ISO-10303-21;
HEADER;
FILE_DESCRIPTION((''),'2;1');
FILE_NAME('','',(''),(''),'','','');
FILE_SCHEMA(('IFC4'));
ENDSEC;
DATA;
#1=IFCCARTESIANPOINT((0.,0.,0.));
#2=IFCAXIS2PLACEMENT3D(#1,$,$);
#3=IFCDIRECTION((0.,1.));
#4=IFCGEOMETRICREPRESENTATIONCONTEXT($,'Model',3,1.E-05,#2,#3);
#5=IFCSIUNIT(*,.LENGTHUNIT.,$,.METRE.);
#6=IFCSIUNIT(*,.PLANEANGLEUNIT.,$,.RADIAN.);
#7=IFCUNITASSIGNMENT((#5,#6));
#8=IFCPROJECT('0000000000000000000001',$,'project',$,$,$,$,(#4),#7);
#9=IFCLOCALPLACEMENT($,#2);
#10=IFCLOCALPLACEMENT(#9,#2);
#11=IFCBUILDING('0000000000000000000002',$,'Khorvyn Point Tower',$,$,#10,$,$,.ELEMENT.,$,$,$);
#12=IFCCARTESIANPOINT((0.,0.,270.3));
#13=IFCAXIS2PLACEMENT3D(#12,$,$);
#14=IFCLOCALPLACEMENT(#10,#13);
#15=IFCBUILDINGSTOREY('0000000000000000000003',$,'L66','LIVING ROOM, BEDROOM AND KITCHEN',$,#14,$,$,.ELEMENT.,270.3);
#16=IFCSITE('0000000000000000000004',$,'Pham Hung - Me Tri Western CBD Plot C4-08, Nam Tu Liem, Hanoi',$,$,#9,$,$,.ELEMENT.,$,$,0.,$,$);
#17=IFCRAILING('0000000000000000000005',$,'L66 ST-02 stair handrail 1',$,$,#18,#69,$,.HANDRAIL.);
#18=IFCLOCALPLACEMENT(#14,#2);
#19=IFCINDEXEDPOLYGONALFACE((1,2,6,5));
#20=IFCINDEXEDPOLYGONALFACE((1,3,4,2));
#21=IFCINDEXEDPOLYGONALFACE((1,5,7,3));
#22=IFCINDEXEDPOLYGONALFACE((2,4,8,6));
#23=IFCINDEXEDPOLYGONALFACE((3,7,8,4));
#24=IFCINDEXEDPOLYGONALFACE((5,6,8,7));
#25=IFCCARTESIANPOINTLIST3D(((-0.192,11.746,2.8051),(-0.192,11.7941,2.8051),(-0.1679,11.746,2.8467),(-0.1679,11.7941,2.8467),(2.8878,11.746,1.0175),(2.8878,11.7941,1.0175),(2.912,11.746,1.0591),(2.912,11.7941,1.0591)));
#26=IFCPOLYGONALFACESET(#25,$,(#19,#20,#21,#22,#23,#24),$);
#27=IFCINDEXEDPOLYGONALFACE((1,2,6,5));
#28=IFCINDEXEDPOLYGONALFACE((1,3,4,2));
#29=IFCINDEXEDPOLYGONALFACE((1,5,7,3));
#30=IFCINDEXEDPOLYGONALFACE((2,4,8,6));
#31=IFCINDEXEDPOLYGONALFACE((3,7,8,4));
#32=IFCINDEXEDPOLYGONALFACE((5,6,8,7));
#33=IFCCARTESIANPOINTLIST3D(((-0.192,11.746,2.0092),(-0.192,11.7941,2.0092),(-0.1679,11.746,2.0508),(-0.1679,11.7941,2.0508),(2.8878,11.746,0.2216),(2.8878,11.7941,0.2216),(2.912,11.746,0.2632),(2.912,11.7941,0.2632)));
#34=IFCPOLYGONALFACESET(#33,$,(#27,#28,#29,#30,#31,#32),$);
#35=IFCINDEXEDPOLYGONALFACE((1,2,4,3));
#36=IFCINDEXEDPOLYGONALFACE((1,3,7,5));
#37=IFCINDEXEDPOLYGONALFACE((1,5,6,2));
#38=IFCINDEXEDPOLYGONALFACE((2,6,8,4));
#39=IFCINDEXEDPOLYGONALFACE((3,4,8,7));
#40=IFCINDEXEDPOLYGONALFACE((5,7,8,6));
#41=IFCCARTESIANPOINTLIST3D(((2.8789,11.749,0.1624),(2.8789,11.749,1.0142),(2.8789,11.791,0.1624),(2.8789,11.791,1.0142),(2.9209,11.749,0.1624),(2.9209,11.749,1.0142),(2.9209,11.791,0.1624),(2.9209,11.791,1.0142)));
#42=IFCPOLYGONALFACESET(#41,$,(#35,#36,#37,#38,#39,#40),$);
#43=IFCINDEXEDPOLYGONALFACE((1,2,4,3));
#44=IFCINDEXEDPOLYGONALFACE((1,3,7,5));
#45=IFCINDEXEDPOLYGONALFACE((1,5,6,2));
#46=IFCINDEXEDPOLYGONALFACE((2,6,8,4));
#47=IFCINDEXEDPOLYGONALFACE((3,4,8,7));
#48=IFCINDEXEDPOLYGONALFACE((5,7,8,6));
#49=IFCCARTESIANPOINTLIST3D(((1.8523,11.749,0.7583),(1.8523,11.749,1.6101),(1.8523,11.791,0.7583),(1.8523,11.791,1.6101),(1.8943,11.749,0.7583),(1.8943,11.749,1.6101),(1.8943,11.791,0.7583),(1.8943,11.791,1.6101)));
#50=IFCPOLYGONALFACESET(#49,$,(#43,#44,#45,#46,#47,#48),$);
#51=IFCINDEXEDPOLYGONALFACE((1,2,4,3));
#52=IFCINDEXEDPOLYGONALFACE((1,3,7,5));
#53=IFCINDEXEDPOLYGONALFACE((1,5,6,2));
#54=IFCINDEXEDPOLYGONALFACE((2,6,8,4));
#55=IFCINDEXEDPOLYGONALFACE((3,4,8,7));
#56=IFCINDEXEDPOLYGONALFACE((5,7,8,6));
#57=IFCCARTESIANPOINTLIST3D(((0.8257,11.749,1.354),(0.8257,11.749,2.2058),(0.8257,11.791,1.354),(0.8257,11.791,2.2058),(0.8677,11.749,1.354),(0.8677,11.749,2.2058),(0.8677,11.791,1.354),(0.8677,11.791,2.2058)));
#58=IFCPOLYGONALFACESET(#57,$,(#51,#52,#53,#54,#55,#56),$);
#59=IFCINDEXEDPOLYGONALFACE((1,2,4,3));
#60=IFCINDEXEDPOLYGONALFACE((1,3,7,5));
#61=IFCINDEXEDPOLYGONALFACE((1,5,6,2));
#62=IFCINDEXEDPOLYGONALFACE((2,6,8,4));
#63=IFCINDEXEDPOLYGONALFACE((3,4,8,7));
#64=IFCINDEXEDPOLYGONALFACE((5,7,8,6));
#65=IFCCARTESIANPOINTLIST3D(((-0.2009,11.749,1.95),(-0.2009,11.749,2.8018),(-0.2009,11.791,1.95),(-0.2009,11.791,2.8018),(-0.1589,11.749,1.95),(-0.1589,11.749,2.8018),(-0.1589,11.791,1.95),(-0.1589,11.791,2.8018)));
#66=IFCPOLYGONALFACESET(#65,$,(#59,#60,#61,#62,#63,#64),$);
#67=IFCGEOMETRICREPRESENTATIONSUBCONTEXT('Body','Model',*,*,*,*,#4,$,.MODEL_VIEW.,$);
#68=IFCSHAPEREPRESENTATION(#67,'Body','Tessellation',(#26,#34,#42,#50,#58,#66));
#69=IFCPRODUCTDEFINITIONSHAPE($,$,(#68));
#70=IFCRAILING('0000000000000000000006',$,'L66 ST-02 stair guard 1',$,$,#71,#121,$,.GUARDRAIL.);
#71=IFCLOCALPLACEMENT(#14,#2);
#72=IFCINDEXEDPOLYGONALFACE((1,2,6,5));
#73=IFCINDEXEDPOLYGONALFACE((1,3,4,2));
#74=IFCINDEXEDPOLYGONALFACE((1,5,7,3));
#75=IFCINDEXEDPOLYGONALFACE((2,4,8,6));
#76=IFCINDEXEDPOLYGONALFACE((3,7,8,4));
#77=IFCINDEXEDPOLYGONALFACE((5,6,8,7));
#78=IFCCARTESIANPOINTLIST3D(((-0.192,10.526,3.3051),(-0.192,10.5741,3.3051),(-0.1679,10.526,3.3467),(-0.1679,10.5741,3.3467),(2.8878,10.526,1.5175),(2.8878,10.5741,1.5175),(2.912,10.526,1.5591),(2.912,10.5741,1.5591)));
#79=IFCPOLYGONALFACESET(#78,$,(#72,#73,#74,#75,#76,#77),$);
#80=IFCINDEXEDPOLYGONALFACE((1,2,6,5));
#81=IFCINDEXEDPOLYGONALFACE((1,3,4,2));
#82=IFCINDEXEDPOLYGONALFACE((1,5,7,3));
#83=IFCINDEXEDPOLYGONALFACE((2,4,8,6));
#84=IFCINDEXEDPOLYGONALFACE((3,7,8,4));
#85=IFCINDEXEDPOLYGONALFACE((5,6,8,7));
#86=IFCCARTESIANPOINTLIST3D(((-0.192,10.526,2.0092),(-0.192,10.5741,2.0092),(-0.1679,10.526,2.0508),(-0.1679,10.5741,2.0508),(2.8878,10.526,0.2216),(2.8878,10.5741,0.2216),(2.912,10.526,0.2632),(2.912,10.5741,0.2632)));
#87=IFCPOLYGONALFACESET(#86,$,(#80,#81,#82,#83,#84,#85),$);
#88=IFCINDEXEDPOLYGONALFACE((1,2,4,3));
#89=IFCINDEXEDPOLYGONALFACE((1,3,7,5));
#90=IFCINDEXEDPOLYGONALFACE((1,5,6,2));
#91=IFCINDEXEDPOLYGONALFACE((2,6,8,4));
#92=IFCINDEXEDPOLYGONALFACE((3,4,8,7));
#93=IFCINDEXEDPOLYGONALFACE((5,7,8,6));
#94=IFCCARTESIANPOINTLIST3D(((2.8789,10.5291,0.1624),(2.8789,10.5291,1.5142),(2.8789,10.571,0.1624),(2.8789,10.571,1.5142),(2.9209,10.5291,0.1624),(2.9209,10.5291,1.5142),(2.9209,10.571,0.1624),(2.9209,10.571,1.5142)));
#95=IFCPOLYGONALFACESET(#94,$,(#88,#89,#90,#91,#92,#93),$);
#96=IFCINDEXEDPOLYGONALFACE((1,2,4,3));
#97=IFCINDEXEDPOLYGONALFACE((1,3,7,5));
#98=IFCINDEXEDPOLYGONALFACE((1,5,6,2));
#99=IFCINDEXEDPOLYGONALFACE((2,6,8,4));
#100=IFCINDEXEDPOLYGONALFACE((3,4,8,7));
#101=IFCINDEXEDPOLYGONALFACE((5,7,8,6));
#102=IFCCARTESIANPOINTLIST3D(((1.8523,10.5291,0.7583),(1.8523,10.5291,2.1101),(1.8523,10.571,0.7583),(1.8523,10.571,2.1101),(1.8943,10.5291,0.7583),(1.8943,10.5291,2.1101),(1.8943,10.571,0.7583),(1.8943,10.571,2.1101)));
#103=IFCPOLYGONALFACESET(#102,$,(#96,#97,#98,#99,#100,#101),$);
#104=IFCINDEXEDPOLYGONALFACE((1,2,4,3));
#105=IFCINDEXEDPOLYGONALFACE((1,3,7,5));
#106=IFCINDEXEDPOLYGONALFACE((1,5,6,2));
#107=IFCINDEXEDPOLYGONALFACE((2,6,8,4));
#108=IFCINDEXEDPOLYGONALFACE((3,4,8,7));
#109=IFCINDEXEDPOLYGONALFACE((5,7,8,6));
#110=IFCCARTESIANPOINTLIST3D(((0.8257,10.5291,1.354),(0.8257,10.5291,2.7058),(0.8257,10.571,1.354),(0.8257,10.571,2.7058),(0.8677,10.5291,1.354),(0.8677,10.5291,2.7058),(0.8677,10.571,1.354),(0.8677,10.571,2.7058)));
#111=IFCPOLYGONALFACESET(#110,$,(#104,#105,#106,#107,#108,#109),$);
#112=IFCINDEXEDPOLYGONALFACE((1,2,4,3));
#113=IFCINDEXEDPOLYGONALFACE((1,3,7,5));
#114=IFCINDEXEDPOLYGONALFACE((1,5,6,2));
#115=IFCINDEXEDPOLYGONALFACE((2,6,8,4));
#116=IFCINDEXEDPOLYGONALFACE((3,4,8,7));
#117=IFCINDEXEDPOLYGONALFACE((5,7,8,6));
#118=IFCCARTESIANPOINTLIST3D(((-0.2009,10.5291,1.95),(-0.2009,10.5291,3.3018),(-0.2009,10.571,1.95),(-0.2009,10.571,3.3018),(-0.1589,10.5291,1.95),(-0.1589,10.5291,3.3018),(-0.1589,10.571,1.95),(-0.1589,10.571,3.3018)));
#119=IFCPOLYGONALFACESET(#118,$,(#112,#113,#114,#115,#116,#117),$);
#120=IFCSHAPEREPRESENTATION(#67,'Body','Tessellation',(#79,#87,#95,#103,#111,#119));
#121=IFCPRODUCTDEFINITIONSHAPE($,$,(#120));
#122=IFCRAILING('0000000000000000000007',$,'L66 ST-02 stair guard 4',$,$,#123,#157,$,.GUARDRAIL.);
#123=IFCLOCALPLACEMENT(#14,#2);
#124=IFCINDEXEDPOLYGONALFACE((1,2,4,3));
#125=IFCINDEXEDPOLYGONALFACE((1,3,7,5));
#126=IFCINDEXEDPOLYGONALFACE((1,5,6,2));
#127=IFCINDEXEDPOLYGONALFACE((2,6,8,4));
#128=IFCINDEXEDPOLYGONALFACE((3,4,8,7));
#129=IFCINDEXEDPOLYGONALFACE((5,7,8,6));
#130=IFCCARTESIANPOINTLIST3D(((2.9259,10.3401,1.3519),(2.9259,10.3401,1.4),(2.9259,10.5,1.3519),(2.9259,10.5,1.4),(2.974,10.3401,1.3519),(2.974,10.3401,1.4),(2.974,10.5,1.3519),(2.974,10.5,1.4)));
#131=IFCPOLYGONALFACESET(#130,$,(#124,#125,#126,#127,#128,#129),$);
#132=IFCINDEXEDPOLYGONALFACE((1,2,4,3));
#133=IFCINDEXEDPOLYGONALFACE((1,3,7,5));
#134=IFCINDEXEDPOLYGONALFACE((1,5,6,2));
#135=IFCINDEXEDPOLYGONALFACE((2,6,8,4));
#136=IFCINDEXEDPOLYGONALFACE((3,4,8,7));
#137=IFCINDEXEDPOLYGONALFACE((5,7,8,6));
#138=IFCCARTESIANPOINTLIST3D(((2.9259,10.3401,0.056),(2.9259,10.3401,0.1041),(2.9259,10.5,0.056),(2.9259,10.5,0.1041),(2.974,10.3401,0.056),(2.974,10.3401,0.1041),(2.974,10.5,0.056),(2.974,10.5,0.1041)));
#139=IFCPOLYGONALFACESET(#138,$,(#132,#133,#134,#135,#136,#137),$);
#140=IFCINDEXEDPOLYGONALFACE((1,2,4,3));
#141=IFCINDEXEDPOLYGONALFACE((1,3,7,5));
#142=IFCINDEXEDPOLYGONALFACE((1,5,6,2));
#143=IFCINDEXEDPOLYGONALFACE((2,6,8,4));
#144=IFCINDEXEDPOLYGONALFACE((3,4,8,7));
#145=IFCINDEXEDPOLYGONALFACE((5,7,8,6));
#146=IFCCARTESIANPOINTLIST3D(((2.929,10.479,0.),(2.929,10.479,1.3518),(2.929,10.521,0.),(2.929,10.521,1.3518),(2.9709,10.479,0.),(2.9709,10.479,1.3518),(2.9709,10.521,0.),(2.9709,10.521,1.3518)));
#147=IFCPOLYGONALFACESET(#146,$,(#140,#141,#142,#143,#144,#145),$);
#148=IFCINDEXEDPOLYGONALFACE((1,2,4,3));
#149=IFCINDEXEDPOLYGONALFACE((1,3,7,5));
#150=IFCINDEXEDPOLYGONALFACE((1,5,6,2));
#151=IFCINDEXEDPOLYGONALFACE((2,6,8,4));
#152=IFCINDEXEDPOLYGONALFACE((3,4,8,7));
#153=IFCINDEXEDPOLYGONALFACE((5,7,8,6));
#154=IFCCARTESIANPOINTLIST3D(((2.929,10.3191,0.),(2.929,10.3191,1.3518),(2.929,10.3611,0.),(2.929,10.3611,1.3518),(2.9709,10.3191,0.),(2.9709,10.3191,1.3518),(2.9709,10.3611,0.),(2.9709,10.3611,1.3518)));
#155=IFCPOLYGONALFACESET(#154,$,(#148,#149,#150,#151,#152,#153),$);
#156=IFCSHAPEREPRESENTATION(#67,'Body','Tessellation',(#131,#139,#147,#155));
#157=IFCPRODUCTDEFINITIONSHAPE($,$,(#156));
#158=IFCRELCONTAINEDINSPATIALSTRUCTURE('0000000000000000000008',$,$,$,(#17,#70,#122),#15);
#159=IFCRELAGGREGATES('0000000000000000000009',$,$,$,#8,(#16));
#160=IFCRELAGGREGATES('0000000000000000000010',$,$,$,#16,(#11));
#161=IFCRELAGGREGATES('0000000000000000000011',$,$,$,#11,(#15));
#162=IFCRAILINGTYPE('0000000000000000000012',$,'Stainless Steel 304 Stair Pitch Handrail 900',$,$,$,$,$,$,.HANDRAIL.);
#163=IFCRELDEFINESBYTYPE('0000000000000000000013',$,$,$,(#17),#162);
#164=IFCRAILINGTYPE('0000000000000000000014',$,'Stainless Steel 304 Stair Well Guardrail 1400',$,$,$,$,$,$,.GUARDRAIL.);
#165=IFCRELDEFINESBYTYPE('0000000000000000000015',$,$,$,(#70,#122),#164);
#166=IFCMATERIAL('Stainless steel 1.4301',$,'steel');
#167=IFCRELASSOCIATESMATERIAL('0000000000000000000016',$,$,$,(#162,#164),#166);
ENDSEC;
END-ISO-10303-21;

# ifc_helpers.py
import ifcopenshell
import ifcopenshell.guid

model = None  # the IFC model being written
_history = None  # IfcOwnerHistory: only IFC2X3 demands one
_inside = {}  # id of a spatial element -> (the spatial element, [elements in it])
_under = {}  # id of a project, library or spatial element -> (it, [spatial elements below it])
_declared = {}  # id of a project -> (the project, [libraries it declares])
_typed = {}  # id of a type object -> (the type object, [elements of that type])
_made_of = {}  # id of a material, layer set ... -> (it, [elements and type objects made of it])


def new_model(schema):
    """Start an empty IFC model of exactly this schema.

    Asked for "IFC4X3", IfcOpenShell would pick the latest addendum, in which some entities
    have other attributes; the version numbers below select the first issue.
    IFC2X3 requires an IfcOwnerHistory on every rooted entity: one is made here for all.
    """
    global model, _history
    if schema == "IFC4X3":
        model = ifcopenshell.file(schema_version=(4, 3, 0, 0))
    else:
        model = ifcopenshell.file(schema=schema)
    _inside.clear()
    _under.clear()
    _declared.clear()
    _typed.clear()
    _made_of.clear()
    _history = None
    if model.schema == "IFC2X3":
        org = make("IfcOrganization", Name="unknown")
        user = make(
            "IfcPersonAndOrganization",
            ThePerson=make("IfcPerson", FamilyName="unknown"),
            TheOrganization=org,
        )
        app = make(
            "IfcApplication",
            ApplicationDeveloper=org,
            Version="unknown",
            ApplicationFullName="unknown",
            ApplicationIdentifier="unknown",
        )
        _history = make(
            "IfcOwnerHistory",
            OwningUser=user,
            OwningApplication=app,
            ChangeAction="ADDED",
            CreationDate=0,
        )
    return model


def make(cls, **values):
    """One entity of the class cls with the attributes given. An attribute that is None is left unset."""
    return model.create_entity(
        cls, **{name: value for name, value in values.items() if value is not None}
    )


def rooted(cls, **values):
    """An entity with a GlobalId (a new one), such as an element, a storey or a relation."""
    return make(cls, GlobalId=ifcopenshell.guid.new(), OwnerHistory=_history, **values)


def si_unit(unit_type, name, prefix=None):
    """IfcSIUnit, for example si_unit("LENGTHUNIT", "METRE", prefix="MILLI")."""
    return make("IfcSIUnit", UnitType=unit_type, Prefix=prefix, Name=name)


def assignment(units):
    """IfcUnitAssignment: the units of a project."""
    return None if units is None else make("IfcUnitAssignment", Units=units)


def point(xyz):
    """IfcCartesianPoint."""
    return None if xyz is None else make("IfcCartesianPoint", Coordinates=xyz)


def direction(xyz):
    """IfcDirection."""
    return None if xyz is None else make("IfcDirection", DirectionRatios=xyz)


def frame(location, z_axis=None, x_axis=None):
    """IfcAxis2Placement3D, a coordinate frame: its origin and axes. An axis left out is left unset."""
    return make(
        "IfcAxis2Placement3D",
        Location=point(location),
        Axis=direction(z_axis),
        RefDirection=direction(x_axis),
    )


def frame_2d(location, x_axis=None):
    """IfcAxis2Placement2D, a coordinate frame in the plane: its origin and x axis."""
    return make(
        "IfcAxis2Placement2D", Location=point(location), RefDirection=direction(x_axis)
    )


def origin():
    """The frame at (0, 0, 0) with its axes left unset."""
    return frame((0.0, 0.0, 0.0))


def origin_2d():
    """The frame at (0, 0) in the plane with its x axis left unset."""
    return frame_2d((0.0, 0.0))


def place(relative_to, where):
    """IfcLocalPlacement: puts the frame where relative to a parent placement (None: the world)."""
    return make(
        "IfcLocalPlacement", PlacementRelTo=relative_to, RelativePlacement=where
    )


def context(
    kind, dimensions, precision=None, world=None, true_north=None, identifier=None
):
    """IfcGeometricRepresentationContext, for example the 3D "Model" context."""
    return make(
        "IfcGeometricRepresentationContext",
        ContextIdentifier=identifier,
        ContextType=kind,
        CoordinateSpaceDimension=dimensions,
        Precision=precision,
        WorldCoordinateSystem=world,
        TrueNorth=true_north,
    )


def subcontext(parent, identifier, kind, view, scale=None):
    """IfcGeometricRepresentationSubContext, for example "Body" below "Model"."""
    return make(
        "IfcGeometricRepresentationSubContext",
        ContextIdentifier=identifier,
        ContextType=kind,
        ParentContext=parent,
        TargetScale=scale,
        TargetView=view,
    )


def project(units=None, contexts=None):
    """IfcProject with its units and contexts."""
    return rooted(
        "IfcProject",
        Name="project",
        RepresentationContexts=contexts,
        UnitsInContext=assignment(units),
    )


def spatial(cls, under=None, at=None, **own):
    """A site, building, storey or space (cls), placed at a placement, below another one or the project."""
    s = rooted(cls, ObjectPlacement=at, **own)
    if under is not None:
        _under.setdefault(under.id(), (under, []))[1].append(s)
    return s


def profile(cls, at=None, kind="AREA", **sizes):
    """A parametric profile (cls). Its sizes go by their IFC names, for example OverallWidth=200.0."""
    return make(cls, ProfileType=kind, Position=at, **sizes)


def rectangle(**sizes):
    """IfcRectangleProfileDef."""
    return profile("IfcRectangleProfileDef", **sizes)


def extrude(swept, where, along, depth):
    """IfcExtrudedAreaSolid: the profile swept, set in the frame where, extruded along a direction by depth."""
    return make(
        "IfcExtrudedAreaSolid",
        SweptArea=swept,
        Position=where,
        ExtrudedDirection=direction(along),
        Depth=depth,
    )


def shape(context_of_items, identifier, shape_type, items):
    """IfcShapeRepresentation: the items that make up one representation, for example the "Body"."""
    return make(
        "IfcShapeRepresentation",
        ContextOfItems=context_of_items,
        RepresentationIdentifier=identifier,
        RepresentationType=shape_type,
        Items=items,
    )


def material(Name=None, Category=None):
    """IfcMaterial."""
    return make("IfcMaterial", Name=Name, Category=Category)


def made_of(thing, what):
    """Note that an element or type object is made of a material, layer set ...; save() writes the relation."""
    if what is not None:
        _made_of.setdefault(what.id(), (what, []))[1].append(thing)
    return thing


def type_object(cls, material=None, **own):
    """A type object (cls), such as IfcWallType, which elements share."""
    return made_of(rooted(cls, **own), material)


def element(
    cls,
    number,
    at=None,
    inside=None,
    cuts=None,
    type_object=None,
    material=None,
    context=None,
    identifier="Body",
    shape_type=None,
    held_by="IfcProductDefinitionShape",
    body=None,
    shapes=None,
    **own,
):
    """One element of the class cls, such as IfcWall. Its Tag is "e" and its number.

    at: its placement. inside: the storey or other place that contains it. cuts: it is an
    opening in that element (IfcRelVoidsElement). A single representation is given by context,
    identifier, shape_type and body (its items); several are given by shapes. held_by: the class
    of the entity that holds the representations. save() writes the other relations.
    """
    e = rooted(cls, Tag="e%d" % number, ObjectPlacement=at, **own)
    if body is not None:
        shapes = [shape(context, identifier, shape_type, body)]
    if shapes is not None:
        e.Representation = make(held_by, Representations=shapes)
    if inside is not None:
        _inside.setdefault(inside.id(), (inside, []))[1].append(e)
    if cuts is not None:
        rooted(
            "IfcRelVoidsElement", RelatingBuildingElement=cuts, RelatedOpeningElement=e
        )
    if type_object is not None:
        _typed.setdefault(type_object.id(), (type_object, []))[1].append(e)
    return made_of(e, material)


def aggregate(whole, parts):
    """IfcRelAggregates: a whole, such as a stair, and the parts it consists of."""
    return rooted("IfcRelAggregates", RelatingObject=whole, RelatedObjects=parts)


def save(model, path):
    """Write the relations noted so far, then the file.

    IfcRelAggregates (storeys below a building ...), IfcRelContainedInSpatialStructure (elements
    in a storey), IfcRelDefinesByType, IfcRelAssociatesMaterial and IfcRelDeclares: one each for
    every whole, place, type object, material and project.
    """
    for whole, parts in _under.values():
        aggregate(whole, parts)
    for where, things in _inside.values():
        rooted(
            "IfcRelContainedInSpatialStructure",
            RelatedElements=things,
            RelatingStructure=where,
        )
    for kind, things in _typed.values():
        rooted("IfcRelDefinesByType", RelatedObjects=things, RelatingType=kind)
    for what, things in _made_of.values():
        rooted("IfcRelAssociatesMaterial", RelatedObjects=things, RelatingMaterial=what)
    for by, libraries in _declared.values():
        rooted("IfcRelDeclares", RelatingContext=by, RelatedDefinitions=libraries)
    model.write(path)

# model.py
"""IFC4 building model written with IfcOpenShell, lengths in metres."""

from ifc_helpers import new_model, si_unit, direction, frame, origin, origin_2d, place, context, subcontext, project, spatial, rectangle, extrude, material, type_object, element, save


model = new_model("IFC4")

# Units and contexts
model_context = context("Model", 3, precision=1e-05, world=origin(), true_north=direction((0.0, 1.0)))
body_context = subcontext(model_context, "Body", "Model", "MODEL_VIEW")
ifc_project = project(units=[si_unit("LENGTHUNIT", "METRE"), si_unit("PLANEANGLEUNIT", "RADIAN")], contexts=[model_context])

# Site, building, storey
site_placement = place(None, origin())
site = spatial("IfcSite", under=ifc_project, at=site_placement, Name="Pham Hung - Me Tri Western CBD Plot C4-08, Nam Tu Liem, Hanoi", CompositionType="ELEMENT", RefElevation=0.0)
building_placement = place(site_placement, origin())
building = spatial("IfcBuilding", under=site, at=building_placement, Name="Khorvyn Point Tower", CompositionType="ELEMENT")
storey_placement = place(building_placement, frame((0.0, 0.0, 270.3)))
storey = spatial("IfcBuildingStorey", under=building, at=storey_placement, Name="L66", Description="LIVING ROOM, BEDROOM AND KITCHEN", CompositionType="ELEMENT", Elevation=270.3)

# Shared definitions
ifc_material_1 = material(Name="Stainless steel 1.4301", Category="steel")

# Railings
railing_type_1 = type_object("IfcRailingType", Name="Stainless Steel 304 Stair Pitch Handrail 900", PredefinedType="HANDRAIL", material=ifc_material_1)
railing_1_placement = place(storey_placement, frame((2.8999, 11.77, 0.1624)))
element("IfcRailing", 1, at=railing_1_placement, inside=storey, type_object=railing_type_1, Name="L66 ST-02 stair handrail 1", PredefinedType="HANDRAIL", context=body_context, shape_type="SweptSolid", body=[
    extrude(rectangle(XDim=0.0481, YDim=0.0481, at=origin_2d()), frame((0.0, 0.0, 0.876), z_axis=(-0.864873, 0.0, 0.50199), x_axis=(0.0, -1.0, 0.0)), (0.0, 0.0, 1.0), 3.561),
    extrude(rectangle(XDim=0.0481, YDim=0.0481, at=origin_2d()), frame((0.0, 0.0, 0.0801), z_axis=(-0.864873, 0.0, 0.50199), x_axis=(0.0, -1.0, 0.0)), (0.0, 0.0, 1.0), 3.561),
    extrude(rectangle(XDim=0.042, YDim=0.042, at=origin_2d()), origin(), (0.0, 0.0, 1.0), 0.8518),
    extrude(rectangle(XDim=0.042, YDim=0.042, at=origin_2d()), frame((-1.0266, 0.0, 0.5959)), (0.0, 0.0, 1.0), 0.8518),
    extrude(rectangle(XDim=0.042, YDim=0.042, at=origin_2d()), frame((-2.0532, 0.0, 1.1917)), (0.0, 0.0, 1.0), 0.8518),
    extrude(rectangle(XDim=0.042, YDim=0.042, at=origin_2d()), frame((-3.0798, 0.0, 1.7876)), (0.0, 0.0, 1.0), 0.8518),
])
railing_type_2 = type_object("IfcRailingType", Name="Stainless Steel 304 Stair Well Guardrail 1400", PredefinedType="GUARDRAIL", material=ifc_material_1)
railing_2_placement = place(storey_placement, frame((2.8999, 10.55, 0.1624)))
element("IfcRailing", 2, at=railing_2_placement, inside=storey, type_object=railing_type_2, Name="L66 ST-02 stair guard 1", PredefinedType="GUARDRAIL", context=body_context, shape_type="SweptSolid", body=[
    extrude(rectangle(XDim=0.0481, YDim=0.0481, at=origin_2d()), frame((0.0, 0.0, 1.376), z_axis=(-0.864873, 0.0, 0.50199), x_axis=(0.0, -1.0, 0.0)), (0.0, 0.0, 1.0), 3.561),
    extrude(rectangle(XDim=0.0481, YDim=0.0481, at=origin_2d()), frame((0.0, 0.0, 0.0801), z_axis=(-0.864873, 0.0, 0.50199), x_axis=(0.0, -1.0, 0.0)), (0.0, 0.0, 1.0), 3.561),
    extrude(rectangle(XDim=0.042, YDim=0.042, at=origin_2d()), origin(), (0.0, 0.0, 1.0), 1.3518),
    extrude(rectangle(XDim=0.042, YDim=0.042, at=origin_2d()), frame((-1.0266, 0.0, 0.5959)), (0.0, 0.0, 1.0), 1.3518),
    extrude(rectangle(XDim=0.042, YDim=0.042, at=origin_2d()), frame((-2.0532, 0.0, 1.1917)), (0.0, 0.0, 1.0), 1.3518),
    extrude(rectangle(XDim=0.042, YDim=0.042, at=origin_2d()), frame((-3.0798, 0.0, 1.7876)), (0.0, 0.0, 1.0), 1.3518),
])
railing_3_placement = place(storey_placement, frame((2.95, 10.5, 0.0)))
element("IfcRailing", 3, at=railing_3_placement, inside=storey, type_object=railing_type_2, Name="L66 ST-02 stair guard 4", PredefinedType="GUARDRAIL", context=body_context, shape_type="SweptSolid", body=[
    extrude(rectangle(XDim=0.0481, YDim=0.0481, at=origin_2d()), frame((0.0, 0.0, 1.376), z_axis=(0.0, -1.0, 0.0), x_axis=(1.0, 0.0, 0.0)), (0.0, 0.0, 1.0), 0.1599),
    extrude(rectangle(XDim=0.0481, YDim=0.0481, at=origin_2d()), frame((0.0, 0.0, 0.0801), z_axis=(0.0, -1.0, 0.0), x_axis=(1.0, 0.0, 0.0)), (0.0, 0.0, 1.0), 0.1599),
    extrude(rectangle(XDim=0.042, YDim=0.042, at=origin_2d()), origin(), (0.0, 0.0, 1.0), 1.3518),
    extrude(rectangle(XDim=0.042, YDim=0.042, at=origin_2d()), frame((0.0, -0.1599, 0.0)), (0.0, 0.0, 1.0), 1.3518),
])

save(model, "model.ifc")
